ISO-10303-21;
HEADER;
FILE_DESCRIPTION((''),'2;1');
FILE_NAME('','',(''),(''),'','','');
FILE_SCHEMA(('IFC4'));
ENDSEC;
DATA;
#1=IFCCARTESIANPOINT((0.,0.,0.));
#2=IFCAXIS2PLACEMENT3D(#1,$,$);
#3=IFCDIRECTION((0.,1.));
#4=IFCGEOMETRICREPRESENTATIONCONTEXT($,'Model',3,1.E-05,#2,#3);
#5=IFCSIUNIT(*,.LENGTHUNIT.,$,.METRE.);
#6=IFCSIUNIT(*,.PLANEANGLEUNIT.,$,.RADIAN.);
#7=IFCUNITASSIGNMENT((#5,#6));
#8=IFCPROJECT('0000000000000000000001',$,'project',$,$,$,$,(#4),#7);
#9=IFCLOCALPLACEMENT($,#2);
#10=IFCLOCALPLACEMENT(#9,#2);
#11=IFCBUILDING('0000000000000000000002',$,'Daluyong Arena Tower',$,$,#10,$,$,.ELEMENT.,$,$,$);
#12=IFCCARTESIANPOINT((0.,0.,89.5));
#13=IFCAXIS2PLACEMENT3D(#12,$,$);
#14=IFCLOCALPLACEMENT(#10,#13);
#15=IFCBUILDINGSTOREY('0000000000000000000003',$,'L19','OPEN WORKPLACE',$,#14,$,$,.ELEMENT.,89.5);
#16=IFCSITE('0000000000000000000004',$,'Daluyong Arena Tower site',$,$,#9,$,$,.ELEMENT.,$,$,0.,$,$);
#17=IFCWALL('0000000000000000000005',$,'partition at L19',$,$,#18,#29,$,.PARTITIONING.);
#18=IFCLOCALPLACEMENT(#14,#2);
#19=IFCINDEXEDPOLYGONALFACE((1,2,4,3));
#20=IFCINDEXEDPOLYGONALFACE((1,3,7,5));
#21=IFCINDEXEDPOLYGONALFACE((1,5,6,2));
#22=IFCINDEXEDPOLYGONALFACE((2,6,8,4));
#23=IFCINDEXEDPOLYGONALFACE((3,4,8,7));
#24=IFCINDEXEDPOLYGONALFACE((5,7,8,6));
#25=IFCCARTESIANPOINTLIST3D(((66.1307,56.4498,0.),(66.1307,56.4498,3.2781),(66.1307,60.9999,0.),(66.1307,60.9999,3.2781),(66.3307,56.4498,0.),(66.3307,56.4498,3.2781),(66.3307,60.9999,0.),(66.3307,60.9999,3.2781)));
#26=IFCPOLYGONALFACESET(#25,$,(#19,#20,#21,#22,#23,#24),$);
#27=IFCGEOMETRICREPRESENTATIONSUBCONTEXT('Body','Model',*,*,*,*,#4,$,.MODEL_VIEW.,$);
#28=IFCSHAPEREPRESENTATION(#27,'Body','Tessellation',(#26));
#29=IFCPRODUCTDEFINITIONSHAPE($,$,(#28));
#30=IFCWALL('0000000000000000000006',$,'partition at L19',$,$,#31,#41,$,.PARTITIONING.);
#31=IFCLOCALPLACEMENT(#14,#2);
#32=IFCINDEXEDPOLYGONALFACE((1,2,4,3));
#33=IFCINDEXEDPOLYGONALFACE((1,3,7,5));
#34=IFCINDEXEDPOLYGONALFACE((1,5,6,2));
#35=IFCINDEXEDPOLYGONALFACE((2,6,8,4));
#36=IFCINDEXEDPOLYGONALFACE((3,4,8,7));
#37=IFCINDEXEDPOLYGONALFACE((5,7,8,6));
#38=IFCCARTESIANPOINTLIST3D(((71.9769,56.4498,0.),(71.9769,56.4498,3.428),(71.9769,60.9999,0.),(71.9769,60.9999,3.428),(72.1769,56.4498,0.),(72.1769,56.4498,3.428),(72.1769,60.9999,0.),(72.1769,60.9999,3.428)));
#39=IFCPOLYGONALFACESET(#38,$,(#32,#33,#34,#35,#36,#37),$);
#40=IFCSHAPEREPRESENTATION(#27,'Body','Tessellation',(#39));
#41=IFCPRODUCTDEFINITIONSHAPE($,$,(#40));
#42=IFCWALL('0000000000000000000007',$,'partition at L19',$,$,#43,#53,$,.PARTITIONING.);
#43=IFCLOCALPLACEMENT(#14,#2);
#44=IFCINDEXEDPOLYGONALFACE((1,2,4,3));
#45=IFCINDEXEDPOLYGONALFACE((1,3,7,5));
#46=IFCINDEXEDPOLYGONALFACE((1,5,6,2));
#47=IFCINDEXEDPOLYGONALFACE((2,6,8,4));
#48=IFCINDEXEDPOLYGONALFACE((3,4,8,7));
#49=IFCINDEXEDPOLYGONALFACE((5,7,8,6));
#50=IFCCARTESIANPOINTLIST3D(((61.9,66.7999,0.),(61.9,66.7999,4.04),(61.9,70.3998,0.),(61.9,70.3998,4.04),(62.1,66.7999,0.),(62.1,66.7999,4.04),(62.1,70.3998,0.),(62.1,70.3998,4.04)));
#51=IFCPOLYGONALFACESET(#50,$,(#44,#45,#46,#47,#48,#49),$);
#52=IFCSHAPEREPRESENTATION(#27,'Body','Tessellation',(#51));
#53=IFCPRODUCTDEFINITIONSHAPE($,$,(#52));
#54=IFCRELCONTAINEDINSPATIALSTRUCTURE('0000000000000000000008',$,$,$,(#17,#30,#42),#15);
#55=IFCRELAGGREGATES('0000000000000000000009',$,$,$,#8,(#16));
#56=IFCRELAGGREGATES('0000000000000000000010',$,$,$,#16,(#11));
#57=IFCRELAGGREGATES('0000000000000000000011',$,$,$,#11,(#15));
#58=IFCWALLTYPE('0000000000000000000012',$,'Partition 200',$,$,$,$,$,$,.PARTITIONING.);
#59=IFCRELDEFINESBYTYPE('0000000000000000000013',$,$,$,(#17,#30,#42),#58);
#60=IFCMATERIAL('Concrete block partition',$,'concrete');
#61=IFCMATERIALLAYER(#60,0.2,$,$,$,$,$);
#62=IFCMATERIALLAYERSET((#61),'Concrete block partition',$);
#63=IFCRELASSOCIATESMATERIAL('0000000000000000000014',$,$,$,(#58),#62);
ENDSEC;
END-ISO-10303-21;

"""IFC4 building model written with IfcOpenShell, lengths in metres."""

from ifc_helpers import new_model, si_unit, direction, frame, frame_2d, origin, place, context, subcontext, project, spatial, rectangle, extrude, material, layer, layer_set, type_object, element, save


model = new_model("IFC4")

# Units and contexts
model_context = context("Model", 3, precision=1e-05, world=origin(), true_north=direction((0.0, 1.0)))
body_context = subcontext(model_context, "Body", "Model", "MODEL_VIEW")
ifc_project = project(units=[si_unit("LENGTHUNIT", "METRE"), si_unit("PLANEANGLEUNIT", "RADIAN")], contexts=[model_context])

# Site, building, storey
site_placement = place(None, origin())
site = spatial("IfcSite", under=ifc_project, at=site_placement, Name="Daluyong Arena Tower site", CompositionType="ELEMENT", RefElevation=0.0)
building_placement = place(site_placement, origin())
building = spatial("IfcBuilding", under=site, at=building_placement, Name="Daluyong Arena Tower", CompositionType="ELEMENT")
storey_placement = place(building_placement, frame((0.0, 0.0, 89.5)))
storey = spatial("IfcBuildingStorey", under=building, at=storey_placement, Name="L19", Description="OPEN WORKPLACE", CompositionType="ELEMENT", Elevation=89.5)

# Walls
ifc_material_1 = material(Name="Concrete block partition", Category="concrete")
ifc_layer_1 = layer(ifc_material_1, 0.2)
ifc_layer_set_1 = layer_set([ifc_layer_1], Name="Concrete block partition")
wall_type_1 = type_object("IfcWallType", Name="Partition 200", PredefinedType="PARTITIONING", material=ifc_layer_set_1)
wall_1_placement = place(storey_placement, frame((66.2307, 56.45, 0.0), z_axis=(0.0, 0.0, 1.0), x_axis=(0.0, 1.0, 0.0)))
element("IfcWall", 1, at=wall_1_placement, inside=storey, type_object=wall_type_1, Name="partition at L19", PredefinedType="PARTITIONING", context=body_context, shape_type="SweptSolid", body=[
    extrude(rectangle(XDim=4.55, YDim=0.2, at=frame_2d((2.2749, 0.0))), origin(), (0.0, 0.0, 1.0), 3.2781),
])
wall_2_placement = place(storey_placement, frame((72.0769, 56.45, 0.0), z_axis=(0.0, 0.0, 1.0), x_axis=(0.0, 1.0, 0.0)))
element("IfcWall", 2, at=wall_2_placement, inside=storey, type_object=wall_type_1, Name="partition at L19", PredefinedType="PARTITIONING", context=body_context, shape_type="SweptSolid", body=[
    extrude(rectangle(XDim=4.55, YDim=0.2, at=frame_2d((2.2749, 0.0))), origin(), (0.0, 0.0, 1.0), 3.428),
])
wall_3_placement = place(storey_placement, frame((62.0, 66.8, 0.0), z_axis=(0.0, 0.0, 1.0), x_axis=(0.0, 1.0, 0.0)))
element("IfcWall", 3, at=wall_3_placement, inside=storey, type_object=wall_type_1, Name="partition at L19", PredefinedType="PARTITIONING", context=body_context, shape_type="SweptSolid", body=[
    extrude(rectangle(XDim=3.5999, YDim=0.2, at=frame_2d((1.7998, 0.0))), origin(), (0.0, 0.0, 1.0), 4.04),
])

save(model, "model.ifc")
